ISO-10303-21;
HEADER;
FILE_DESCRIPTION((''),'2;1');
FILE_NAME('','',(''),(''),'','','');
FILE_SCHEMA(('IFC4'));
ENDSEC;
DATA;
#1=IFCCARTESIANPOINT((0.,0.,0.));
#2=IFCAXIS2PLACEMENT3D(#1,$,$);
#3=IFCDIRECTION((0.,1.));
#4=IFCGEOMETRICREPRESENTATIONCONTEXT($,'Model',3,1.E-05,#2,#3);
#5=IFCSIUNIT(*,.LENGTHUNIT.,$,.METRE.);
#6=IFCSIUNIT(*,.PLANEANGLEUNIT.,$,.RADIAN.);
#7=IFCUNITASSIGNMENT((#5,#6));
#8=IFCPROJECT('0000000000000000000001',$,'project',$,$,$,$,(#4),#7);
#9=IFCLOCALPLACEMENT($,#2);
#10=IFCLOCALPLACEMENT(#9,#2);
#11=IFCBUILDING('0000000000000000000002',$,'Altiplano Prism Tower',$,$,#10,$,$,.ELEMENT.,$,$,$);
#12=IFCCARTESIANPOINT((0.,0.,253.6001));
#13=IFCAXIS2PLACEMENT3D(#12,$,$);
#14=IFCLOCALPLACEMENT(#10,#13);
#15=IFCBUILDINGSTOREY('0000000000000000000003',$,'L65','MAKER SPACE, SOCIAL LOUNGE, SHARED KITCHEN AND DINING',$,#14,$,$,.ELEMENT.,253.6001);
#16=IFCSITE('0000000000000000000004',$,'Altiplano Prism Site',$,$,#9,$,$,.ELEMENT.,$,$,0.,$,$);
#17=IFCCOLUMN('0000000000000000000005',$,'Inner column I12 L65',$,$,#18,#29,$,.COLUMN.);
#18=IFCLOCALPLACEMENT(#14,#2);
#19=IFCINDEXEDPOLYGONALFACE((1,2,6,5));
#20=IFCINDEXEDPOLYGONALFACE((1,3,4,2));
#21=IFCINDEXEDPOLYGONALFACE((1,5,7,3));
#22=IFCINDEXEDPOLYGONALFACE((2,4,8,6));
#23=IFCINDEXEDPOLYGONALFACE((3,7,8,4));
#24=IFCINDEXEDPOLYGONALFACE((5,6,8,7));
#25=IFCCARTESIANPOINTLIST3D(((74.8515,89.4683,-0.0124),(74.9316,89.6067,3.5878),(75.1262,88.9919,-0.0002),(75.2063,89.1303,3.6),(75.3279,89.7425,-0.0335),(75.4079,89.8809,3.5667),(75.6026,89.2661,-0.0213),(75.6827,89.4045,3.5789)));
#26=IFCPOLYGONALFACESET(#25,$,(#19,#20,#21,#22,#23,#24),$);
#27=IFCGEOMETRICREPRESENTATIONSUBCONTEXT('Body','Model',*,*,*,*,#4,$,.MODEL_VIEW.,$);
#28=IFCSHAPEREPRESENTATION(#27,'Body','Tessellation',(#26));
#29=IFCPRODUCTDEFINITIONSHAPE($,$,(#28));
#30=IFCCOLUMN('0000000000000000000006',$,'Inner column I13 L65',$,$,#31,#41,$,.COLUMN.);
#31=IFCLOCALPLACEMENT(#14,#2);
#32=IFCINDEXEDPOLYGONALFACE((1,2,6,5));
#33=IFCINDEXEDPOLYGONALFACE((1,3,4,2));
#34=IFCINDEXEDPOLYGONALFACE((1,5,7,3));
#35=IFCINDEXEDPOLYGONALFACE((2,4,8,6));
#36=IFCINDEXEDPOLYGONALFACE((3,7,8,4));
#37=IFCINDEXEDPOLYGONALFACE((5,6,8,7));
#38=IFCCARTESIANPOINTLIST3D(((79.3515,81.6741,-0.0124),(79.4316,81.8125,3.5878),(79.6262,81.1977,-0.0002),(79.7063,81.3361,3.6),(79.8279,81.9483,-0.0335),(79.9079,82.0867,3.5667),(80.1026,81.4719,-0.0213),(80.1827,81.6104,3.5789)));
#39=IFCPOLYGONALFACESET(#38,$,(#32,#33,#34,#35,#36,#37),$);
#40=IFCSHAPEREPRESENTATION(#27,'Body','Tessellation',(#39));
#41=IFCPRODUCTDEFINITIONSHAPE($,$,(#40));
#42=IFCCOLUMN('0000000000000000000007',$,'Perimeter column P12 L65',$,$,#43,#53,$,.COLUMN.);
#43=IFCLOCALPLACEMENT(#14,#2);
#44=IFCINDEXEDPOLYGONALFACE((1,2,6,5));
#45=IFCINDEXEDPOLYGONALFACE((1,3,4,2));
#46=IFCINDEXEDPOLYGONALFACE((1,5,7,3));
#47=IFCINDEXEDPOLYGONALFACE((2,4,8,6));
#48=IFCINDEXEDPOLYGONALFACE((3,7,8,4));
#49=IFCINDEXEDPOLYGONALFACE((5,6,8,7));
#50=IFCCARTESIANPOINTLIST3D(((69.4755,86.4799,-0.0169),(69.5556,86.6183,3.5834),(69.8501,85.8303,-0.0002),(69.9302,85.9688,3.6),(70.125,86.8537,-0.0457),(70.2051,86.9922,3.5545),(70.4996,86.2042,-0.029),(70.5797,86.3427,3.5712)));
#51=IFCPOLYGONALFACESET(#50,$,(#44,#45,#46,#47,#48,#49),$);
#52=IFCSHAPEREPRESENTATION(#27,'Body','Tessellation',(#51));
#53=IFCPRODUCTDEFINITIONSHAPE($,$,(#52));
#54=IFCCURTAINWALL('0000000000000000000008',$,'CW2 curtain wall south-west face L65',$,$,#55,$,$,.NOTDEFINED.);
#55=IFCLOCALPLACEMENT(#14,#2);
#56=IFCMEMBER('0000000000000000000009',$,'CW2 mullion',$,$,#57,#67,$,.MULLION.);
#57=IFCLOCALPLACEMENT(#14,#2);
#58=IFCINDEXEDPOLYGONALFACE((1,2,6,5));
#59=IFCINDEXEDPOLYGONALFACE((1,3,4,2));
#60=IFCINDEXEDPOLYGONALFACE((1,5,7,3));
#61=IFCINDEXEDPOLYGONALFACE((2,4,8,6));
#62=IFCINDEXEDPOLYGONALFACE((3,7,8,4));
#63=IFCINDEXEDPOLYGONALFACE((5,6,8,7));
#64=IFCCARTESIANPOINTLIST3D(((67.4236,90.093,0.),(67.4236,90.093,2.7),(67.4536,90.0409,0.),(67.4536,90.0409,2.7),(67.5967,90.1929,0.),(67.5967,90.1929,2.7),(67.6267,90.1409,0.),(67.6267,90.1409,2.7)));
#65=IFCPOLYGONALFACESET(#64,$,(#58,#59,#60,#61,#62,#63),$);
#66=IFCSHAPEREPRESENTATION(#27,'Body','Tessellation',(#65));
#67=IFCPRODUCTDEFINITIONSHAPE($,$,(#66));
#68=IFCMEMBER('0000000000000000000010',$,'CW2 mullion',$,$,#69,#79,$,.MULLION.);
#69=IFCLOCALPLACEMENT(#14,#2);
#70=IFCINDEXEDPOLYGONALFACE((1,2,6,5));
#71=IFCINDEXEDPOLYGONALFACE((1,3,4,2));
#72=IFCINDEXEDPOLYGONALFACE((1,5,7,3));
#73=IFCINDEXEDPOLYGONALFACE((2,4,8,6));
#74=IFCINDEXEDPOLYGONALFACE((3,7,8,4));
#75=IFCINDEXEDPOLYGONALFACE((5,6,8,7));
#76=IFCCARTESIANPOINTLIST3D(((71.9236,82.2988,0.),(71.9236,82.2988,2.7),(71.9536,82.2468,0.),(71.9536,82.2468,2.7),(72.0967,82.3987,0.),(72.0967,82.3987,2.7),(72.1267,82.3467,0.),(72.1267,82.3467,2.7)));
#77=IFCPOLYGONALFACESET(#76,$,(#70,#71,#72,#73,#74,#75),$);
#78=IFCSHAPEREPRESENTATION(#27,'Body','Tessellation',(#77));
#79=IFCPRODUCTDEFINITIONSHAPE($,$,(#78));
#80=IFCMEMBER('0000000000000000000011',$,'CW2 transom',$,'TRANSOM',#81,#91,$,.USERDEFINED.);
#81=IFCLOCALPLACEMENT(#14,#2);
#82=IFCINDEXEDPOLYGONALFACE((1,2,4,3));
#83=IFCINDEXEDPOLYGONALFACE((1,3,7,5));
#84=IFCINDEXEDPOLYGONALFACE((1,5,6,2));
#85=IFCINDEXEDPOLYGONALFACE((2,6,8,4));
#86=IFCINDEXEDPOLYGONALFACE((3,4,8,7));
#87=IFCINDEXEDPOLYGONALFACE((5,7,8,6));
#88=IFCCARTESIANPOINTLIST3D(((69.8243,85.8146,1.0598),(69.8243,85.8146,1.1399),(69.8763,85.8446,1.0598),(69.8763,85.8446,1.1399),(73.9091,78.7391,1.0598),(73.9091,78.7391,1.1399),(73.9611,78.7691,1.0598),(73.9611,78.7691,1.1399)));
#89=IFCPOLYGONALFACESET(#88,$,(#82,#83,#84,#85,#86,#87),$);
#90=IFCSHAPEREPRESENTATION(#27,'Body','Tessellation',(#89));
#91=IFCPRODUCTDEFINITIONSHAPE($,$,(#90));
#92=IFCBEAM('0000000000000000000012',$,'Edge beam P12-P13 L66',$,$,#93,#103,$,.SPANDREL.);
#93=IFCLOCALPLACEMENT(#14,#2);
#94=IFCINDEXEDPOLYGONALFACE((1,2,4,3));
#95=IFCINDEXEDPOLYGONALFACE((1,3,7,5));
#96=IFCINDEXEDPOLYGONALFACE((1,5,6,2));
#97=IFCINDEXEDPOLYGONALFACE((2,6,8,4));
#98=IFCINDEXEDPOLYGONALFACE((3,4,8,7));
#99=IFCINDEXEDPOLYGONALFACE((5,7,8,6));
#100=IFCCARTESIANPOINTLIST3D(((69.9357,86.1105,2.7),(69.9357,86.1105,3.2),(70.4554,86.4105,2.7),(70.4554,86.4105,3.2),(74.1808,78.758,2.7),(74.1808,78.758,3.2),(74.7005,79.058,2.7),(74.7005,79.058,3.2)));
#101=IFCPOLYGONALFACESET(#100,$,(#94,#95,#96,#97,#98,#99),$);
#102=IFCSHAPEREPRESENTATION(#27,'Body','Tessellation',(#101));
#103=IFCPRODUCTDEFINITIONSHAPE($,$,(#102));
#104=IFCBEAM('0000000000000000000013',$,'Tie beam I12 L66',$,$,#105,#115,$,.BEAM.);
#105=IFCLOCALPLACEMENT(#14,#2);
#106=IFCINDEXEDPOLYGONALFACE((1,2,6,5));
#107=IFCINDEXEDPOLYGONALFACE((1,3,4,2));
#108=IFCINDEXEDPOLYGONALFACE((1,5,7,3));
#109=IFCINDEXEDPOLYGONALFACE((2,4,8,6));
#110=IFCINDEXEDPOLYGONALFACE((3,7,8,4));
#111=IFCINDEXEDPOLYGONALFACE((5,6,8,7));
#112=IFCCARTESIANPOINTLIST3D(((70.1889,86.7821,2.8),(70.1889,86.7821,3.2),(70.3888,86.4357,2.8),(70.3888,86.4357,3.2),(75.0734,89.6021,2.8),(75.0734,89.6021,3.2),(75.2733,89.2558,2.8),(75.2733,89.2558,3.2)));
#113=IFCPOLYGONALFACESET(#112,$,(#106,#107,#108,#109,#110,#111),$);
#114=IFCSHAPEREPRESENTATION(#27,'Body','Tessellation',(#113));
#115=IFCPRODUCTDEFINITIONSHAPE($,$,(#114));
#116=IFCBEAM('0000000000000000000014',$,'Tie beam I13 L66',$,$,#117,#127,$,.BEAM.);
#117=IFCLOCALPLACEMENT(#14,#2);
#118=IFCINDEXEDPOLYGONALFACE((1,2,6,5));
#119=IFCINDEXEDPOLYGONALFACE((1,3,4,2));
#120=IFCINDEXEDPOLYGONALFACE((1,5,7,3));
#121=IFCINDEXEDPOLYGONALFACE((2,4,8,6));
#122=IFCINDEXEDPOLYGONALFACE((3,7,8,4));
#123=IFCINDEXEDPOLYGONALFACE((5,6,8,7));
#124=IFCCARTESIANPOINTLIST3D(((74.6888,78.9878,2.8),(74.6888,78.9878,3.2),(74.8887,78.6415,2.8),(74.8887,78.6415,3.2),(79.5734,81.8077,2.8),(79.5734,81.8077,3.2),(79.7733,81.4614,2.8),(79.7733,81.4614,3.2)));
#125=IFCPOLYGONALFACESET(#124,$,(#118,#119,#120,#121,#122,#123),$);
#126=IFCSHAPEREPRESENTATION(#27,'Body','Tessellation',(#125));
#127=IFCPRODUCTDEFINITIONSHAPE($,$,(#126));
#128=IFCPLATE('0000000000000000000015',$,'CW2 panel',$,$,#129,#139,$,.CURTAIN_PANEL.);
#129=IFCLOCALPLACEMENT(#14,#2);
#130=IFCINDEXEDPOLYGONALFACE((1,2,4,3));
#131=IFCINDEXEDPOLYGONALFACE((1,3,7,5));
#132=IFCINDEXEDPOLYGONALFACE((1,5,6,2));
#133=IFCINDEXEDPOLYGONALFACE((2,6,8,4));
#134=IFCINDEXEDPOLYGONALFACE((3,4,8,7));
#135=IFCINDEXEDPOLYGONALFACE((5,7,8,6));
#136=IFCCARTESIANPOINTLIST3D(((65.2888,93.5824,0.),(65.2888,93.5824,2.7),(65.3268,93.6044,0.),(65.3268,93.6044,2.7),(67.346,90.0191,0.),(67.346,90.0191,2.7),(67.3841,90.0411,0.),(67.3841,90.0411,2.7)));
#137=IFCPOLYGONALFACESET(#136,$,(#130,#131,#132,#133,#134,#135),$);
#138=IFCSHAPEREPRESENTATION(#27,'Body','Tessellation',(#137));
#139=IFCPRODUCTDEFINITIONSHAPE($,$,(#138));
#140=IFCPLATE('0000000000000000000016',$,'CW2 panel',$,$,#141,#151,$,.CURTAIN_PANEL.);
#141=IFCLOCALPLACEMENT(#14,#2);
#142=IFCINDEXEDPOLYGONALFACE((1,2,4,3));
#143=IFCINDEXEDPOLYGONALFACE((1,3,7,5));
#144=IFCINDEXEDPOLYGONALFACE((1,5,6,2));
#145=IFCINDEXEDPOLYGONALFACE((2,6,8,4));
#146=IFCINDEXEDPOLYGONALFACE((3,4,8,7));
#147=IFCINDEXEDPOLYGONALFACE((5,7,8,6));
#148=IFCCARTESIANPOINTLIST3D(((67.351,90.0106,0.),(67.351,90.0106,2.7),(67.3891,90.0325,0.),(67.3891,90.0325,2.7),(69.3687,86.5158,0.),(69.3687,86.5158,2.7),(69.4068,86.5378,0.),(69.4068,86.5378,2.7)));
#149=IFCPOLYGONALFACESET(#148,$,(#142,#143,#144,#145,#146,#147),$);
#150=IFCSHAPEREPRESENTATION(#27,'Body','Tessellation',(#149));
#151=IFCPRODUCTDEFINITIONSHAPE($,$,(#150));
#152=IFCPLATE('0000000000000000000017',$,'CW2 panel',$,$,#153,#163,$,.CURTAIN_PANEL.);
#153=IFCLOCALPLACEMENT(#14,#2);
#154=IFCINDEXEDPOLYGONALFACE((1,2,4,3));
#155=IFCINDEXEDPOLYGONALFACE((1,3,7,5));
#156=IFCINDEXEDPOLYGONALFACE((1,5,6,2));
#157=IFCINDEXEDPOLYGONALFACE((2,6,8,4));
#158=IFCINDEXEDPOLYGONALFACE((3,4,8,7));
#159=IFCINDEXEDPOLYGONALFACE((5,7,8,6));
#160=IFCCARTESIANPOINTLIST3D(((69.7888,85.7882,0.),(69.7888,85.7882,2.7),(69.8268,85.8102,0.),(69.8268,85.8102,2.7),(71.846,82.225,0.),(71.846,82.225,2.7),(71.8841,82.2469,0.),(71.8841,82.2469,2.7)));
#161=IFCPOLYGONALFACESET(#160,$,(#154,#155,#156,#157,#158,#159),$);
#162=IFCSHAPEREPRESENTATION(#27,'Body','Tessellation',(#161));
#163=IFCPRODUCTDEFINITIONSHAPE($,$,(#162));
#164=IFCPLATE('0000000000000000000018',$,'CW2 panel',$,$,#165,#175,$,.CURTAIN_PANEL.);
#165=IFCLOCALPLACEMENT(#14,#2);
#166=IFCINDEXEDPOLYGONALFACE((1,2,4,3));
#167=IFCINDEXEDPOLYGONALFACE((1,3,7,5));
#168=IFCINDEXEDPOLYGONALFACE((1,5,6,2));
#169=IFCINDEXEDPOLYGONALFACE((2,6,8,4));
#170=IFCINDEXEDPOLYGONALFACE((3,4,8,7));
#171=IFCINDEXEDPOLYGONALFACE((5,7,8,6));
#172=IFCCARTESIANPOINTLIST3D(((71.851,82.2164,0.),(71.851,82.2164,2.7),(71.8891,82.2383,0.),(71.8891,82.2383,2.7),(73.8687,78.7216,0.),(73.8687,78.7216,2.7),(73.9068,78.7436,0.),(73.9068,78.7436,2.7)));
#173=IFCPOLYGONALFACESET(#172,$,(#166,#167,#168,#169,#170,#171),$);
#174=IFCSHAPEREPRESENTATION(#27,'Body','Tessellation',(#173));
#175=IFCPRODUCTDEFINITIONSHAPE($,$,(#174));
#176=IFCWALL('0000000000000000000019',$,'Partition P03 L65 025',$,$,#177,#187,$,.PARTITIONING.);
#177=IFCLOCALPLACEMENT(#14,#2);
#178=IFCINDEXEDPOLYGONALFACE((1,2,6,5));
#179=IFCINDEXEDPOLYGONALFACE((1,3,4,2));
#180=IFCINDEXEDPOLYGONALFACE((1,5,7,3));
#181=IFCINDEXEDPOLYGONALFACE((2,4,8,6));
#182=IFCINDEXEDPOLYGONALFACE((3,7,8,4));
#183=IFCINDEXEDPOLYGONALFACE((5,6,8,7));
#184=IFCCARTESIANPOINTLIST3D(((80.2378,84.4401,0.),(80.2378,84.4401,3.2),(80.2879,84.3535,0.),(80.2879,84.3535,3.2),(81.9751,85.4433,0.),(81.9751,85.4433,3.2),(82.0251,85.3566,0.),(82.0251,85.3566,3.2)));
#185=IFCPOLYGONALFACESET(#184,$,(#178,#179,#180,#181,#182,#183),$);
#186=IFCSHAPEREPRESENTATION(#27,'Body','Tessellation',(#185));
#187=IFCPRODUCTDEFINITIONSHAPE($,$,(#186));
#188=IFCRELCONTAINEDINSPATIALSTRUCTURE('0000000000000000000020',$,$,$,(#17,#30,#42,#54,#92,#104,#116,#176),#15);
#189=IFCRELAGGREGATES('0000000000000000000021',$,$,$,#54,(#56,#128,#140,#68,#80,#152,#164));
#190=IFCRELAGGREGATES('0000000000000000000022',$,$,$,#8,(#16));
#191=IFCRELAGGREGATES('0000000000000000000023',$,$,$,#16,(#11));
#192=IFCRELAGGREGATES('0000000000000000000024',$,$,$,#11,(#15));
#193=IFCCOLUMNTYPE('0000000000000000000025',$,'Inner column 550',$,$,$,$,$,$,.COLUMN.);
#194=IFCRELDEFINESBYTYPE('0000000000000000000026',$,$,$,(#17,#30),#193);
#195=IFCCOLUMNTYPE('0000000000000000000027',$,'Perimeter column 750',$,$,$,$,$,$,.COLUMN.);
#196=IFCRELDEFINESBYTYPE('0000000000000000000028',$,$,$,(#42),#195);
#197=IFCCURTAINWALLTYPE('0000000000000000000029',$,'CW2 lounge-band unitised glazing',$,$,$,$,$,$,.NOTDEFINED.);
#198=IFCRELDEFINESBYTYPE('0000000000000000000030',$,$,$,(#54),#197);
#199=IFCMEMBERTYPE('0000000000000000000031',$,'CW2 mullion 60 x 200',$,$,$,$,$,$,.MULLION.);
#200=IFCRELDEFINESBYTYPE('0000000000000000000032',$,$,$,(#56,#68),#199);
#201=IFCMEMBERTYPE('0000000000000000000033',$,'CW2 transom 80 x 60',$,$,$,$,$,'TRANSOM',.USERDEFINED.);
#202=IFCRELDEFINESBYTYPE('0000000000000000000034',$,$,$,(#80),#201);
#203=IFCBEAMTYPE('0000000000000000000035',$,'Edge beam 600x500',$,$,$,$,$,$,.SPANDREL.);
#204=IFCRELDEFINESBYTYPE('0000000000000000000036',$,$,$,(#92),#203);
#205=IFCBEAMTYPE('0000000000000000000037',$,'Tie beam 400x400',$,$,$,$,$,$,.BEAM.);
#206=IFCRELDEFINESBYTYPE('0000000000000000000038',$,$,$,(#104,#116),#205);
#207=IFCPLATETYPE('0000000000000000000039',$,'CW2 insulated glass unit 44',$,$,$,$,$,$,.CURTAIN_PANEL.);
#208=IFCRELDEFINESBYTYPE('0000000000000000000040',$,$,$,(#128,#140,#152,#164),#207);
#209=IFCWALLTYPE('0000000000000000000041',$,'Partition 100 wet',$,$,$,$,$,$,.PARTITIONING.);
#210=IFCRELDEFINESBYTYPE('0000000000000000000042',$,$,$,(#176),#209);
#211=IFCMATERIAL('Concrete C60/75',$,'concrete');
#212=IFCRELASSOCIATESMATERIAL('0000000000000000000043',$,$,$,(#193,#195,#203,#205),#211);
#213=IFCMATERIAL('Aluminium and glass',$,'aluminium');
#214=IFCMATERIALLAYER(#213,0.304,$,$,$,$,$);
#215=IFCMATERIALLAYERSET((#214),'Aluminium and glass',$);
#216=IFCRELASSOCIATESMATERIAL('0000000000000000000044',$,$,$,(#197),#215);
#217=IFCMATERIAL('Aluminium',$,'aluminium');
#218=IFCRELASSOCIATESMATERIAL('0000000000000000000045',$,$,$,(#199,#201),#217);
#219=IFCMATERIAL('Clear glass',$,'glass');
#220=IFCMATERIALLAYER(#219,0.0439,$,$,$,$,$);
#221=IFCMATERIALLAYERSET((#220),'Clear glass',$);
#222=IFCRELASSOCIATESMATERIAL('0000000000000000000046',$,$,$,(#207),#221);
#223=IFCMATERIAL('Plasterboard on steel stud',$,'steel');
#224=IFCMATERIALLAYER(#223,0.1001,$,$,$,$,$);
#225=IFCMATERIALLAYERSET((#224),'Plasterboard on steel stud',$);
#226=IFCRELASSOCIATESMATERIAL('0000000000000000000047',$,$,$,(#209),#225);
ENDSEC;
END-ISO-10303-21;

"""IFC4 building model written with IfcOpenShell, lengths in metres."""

from ifc_helpers import new_model, si_unit, direction, frame, frame_2d, origin, origin_2d, place, context, subcontext, project, spatial, rectangle, extrude, material, layer, layer_set, material_profile, profile_set, type_object, element, aggregate, save


model = new_model("IFC4")

# Units and contexts
model_context = context("Model", 3, precision=1e-05, world=origin(), true_north=direction((0.0, 1.0)))
body_context = subcontext(model_context, "Body", "Model", "MODEL_VIEW")
ifc_project = project(units=[si_unit("LENGTHUNIT", "METRE"), si_unit("PLANEANGLEUNIT", "RADIAN")], contexts=[model_context])

# Site, building, storey
site_placement = place(None, origin())
site = spatial("IfcSite", under=ifc_project, at=site_placement, Name="Altiplano Prism Site", CompositionType="ELEMENT", RefElevation=0.0)
building_placement = place(site_placement, origin())
building = spatial("IfcBuilding", under=site, at=building_placement, Name="Altiplano Prism Tower", CompositionType="ELEMENT")
storey_placement = place(building_placement, frame((0.0, 0.0, 253.6001)))
storey = spatial("IfcBuildingStorey", under=building, at=storey_placement, Name="L65", Description="MAKER SPACE, SOCIAL LOUNGE, SHARED KITCHEN AND DINING", CompositionType="ELEMENT", Elevation=253.6001)

# Columns
ifc_material_1 = material(Name="Concrete C60/75", Category="concrete")
ifc_material_profile_1 = material_profile(ifc_material_1, rectangle(XDim=0.55, YDim=0.55, at=origin_2d()), Name="Inner column 550")
ifc_profile_set_1 = profile_set([ifc_material_profile_1], Name="Concrete C60/75")
column_type_1 = type_object("IfcColumnType", Name="Inner column 550", PredefinedType="COLUMN", material=ifc_profile_set_1)
for number, where, z_axis, x_axis, name in (
    (1, (75.2271, 89.3672, -0.0168), (0.022221, 0.038413, 0.999015), (-0.866024, -0.498523, 0.038432), "Inner column I12 L65"),
    (2, (79.7271, 81.573, -0.0168), (0.022221, 0.038413, 0.999015), (-0.866024, -0.498523, 0.038432), "Inner column I13 L65"),
):
    element("IfcColumn", number, at=place(storey_placement, frame(where, z_axis=z_axis, x_axis=x_axis)), inside=storey, type_object=column_type_1, Name=name, PredefinedType="COLUMN", context=body_context, shape_type="SweptSolid", body=[
        extrude(rectangle(XDim=0.55, YDim=0.55, at=origin_2d()), origin(), (0.0, 0.0, 1.0), 3.6038),
    ])
ifc_material_profile_2 = material_profile(ifc_material_1, rectangle(XDim=0.75, YDim=0.75, at=origin_2d()), Name="Perimeter column 750")
ifc_profile_set_2 = profile_set([ifc_material_profile_2], Name="Concrete C60/75")
column_type_2 = type_object("IfcColumnType", Name="Perimeter column 750", PredefinedType="COLUMN", material=ifc_profile_set_2)
column_placement = place(storey_placement, frame((69.9875, 86.342, -0.0229), z_axis=(0.022221, 0.038413, 0.999015), x_axis=(-0.866024, -0.498523, 0.038432)))
element("IfcColumn", 3, at=column_placement, inside=storey, type_object=column_type_2, Name="Perimeter column P12 L65", PredefinedType="COLUMN", context=body_context, shape_type="SweptSolid", body=[
    extrude(rectangle(XDim=0.75, YDim=0.75, at=origin_2d()), origin(), (0.0, 0.0, 1.0), 3.6038),
])

# Curtain wall, members
ifc_material_2 = material(Name="Aluminium and glass", Category="aluminium")
ifc_layer_1 = layer(ifc_material_2, 0.304)
ifc_layer_set_1 = layer_set([ifc_layer_1], Name="Aluminium and glass")
curtain_wall_type = type_object("IfcCurtainWallType", Name="CW2 lounge-band unitised glazing", PredefinedType="NOTDEFINED", material=ifc_layer_set_1)
curtain_wall_placement = place(storey_placement, origin())
curtain_wall = element("IfcCurtainWall", 4, at=curtain_wall_placement, inside=storey, type_object=curtain_wall_type, Name="CW2 curtain wall south-west face L65", PredefinedType="NOTDEFINED")
ifc_material_3 = material(Name="Aluminium", Category="aluminium")
ifc_material_profile_3 = material_profile(ifc_material_3, rectangle(XDim=0.2, YDim=0.0601, at=origin_2d()), Name="CW2 mullion 60 x 200")
ifc_profile_set_3 = profile_set([ifc_material_profile_3], Name="Aluminium")
member_type_1 = type_object("IfcMemberType", Name="CW2 mullion 60 x 200", PredefinedType="MULLION", material=ifc_profile_set_3)
member_1_placement = place(storey_placement, frame((67.5251, 90.1169, 0.0), z_axis=(0.0, 0.0, 1.0), x_axis=(0.866025, 0.5, 0.0)))
member_1 = element("IfcMember", 5, at=member_1_placement, type_object=member_type_1, Name="CW2 mullion", PredefinedType="MULLION", context=body_context, shape_type="SweptSolid", body=[
    extrude(rectangle(XDim=0.2, YDim=0.0601, at=origin_2d()), origin(), (0.0, 0.0, 1.0), 2.7),
])
member_2_placement = place(storey_placement, frame((72.0251, 82.3228, 0.0), z_axis=(0.0, 0.0, 1.0), x_axis=(0.866025, 0.5, 0.0)))
member_2 = element("IfcMember", 6, at=member_2_placement, type_object=member_type_1, Name="CW2 mullion", PredefinedType="MULLION", context=body_context, shape_type="SweptSolid", body=[
    extrude(rectangle(XDim=0.2, YDim=0.0601, at=origin_2d()), origin(), (0.0, 0.0, 1.0), 2.7),
])
ifc_material_profile_4 = material_profile(ifc_material_3, rectangle(XDim=0.0601, YDim=0.0801, at=origin_2d()), Name="CW2 transom 80 x 60")
ifc_profile_set_4 = profile_set([ifc_material_profile_4], Name="Aluminium")
member_type_2 = type_object("IfcMemberType", Name="CW2 transom 80 x 60", ElementType="TRANSOM", PredefinedType="USERDEFINED", material=ifc_profile_set_4)
member_3_placement = place(storey_placement, frame((69.8503, 85.8296, 1.0999), z_axis=(0.499973, -0.866041, 0.0), x_axis=(0.866041, 0.499973, 0.0)))
member_3 = element("IfcMember", 7, at=member_3_placement, type_object=member_type_2, Name="CW2 transom", ObjectType="TRANSOM", PredefinedType="USERDEFINED", context=body_context, shape_type="SweptSolid", body=[
    extrude(rectangle(XDim=0.0601, YDim=0.0801, at=origin_2d()), origin(), (0.0, 0.0, 1.0), 8.1699),
])

# Beams
ifc_material_profile_5 = material_profile(ifc_material_1, rectangle(XDim=0.6001, YDim=0.5, at=origin_2d()), Name="Edge beam 600x500")
ifc_profile_set_5 = profile_set([ifc_material_profile_5], Name="Concrete C60/75")
beam_type_1 = type_object("IfcBeamType", Name="Edge beam 600x500", PredefinedType="SPANDREL", material=ifc_profile_set_5)
beam_placement = place(storey_placement, frame((70.1956, 86.2605, 2.95), z_axis=(0.500011, -0.866019, 0.0), x_axis=(0.866019, 0.500011, 0.0)))
element("IfcBeam", 8, at=beam_placement, inside=storey, type_object=beam_type_1, Name="Edge beam P12-P13 L66", PredefinedType="SPANDREL", context=body_context, shape_type="SweptSolid", body=[
    extrude(rectangle(XDim=0.6001, YDim=0.5, at=origin_2d()), origin(), (0.0, 0.0, 1.0), 8.49),
])
ifc_material_profile_6 = material_profile(ifc_material_1, rectangle(XDim=0.3999, YDim=0.3999, at=origin_2d()), Name="Tie beam 400x400")
ifc_profile_set_6 = profile_set([ifc_material_profile_6], Name="Concrete C60/75")
beam_type_2 = type_object("IfcBeamType", Name="Tie beam 400x400", PredefinedType="BEAM", material=ifc_profile_set_6)
for number, where, z_axis, x_axis, name in (
    (9, (75.1733, 89.429, 3.0), (-0.866026, -0.499998, 0.0), (0.499998, -0.866026, 0.0), "Tie beam I12 L66"),
    (10, (79.6733, 81.6345, 3.0), (-0.866045, -0.499966, 0.0), (0.499966, -0.866045, 0.0), "Tie beam I13 L66"),
):
    element("IfcBeam", number, at=place(storey_placement, frame(where, z_axis=z_axis, x_axis=x_axis)), inside=storey, type_object=beam_type_2, Name=name, PredefinedType="BEAM", context=body_context, shape_type="SweptSolid", body=[
        extrude(rectangle(XDim=0.3999, YDim=0.3999, at=origin_2d()), origin(), (0.0, 0.0, 1.0), 5.6401),
    ])

# Plates
ifc_material_4 = material(Name="Clear glass", Category="glass")
ifc_layer_2 = layer(ifc_material_4, 0.0439)
ifc_layer_set_2 = layer_set([ifc_layer_2], Name="Clear glass")
plate_type = type_object("IfcPlateType", Name="CW2 insulated glass unit 44", PredefinedType="CURTAIN_PANEL", material=ifc_layer_set_2)
plate_1_placement = place(storey_placement, frame((66.3364, 91.8118, 0.0), z_axis=(0.0, 0.0, 1.0), x_axis=(0.5, -0.866025, 0.0)))
plate_1 = element("IfcPlate", 11, at=plate_1_placement, type_object=plate_type, Name="CW2 panel", PredefinedType="CURTAIN_PANEL", context=body_context, shape_type="SweptSolid", body=[
    extrude(rectangle(XDim=4.1145, YDim=0.0439, at=origin_2d()), origin(), (0.0, 0.0, 1.0), 2.7),
])
plate_2_placement = place(storey_placement, frame((68.3789, 88.2742, 0.0), z_axis=(0.0, 0.0, 1.0), x_axis=(0.5, -0.866025, 0.0)))
plate_2 = element("IfcPlate", 12, at=plate_2_placement, type_object=plate_type, Name="CW2 panel", PredefinedType="CURTAIN_PANEL", context=body_context, shape_type="SweptSolid", body=[
    extrude(rectangle(XDim=4.0354, YDim=0.0439, at=origin_2d()), origin(), (0.0, 0.0, 1.0), 2.7),
])
plate_3_placement = place(storey_placement, frame((70.8364, 84.0176, 0.0), z_axis=(0.0, 0.0, 1.0), x_axis=(0.5, -0.866025, 0.0)))
plate_3 = element("IfcPlate", 13, at=plate_3_placement, type_object=plate_type, Name="CW2 panel", PredefinedType="CURTAIN_PANEL", context=body_context, shape_type="SweptSolid", body=[
    extrude(rectangle(XDim=4.1145, YDim=0.0439, at=origin_2d()), origin(), (0.0, 0.0, 1.0), 2.7),
])
plate_4_placement = place(storey_placement, frame((72.8789, 80.48, 0.0), z_axis=(0.0, 0.0, 1.0), x_axis=(0.5, -0.866025, 0.0)))
plate_4 = element("IfcPlate", 14, at=plate_4_placement, type_object=plate_type, Name="CW2 panel", PredefinedType="CURTAIN_PANEL", context=body_context, shape_type="SweptSolid", body=[
    extrude(rectangle(XDim=4.0354, YDim=0.0439, at=origin_2d()), origin(), (0.0, 0.0, 1.0), 2.7),
])
aggregate(curtain_wall, [member_1, plate_1, plate_2, member_2, member_3, plate_3, plate_4])

# Wall
ifc_material_5 = material(Name="Plasterboard on steel stud", Category="steel")
ifc_layer_3 = layer(ifc_material_5, 0.1001)
ifc_layer_set_3 = layer_set([ifc_layer_3], Name="Plasterboard on steel stud")
wall_type_1 = type_object("IfcWallType", Name="Partition 100 wet", PredefinedType="PARTITIONING", material=ifc_layer_set_3)
wall_1_placement = place(storey_placement, frame((82.0, 85.3999, 0.0), z_axis=(0.0, 0.0, 1.0), x_axis=(-0.865995, -0.500053, 0.0)))
element("IfcWall", 15, at=wall_1_placement, inside=storey, type_object=wall_type_1, Name="Partition P03 L65 025", PredefinedType="PARTITIONING", context=body_context, shape_type="SweptSolid", body=[
    extrude(rectangle(XDim=2.0061, YDim=0.1001, at=frame_2d((1.0029, 0.0))), origin(), (0.0, 0.0, 1.0), 3.2),
])

save(model, "model.ifc")
